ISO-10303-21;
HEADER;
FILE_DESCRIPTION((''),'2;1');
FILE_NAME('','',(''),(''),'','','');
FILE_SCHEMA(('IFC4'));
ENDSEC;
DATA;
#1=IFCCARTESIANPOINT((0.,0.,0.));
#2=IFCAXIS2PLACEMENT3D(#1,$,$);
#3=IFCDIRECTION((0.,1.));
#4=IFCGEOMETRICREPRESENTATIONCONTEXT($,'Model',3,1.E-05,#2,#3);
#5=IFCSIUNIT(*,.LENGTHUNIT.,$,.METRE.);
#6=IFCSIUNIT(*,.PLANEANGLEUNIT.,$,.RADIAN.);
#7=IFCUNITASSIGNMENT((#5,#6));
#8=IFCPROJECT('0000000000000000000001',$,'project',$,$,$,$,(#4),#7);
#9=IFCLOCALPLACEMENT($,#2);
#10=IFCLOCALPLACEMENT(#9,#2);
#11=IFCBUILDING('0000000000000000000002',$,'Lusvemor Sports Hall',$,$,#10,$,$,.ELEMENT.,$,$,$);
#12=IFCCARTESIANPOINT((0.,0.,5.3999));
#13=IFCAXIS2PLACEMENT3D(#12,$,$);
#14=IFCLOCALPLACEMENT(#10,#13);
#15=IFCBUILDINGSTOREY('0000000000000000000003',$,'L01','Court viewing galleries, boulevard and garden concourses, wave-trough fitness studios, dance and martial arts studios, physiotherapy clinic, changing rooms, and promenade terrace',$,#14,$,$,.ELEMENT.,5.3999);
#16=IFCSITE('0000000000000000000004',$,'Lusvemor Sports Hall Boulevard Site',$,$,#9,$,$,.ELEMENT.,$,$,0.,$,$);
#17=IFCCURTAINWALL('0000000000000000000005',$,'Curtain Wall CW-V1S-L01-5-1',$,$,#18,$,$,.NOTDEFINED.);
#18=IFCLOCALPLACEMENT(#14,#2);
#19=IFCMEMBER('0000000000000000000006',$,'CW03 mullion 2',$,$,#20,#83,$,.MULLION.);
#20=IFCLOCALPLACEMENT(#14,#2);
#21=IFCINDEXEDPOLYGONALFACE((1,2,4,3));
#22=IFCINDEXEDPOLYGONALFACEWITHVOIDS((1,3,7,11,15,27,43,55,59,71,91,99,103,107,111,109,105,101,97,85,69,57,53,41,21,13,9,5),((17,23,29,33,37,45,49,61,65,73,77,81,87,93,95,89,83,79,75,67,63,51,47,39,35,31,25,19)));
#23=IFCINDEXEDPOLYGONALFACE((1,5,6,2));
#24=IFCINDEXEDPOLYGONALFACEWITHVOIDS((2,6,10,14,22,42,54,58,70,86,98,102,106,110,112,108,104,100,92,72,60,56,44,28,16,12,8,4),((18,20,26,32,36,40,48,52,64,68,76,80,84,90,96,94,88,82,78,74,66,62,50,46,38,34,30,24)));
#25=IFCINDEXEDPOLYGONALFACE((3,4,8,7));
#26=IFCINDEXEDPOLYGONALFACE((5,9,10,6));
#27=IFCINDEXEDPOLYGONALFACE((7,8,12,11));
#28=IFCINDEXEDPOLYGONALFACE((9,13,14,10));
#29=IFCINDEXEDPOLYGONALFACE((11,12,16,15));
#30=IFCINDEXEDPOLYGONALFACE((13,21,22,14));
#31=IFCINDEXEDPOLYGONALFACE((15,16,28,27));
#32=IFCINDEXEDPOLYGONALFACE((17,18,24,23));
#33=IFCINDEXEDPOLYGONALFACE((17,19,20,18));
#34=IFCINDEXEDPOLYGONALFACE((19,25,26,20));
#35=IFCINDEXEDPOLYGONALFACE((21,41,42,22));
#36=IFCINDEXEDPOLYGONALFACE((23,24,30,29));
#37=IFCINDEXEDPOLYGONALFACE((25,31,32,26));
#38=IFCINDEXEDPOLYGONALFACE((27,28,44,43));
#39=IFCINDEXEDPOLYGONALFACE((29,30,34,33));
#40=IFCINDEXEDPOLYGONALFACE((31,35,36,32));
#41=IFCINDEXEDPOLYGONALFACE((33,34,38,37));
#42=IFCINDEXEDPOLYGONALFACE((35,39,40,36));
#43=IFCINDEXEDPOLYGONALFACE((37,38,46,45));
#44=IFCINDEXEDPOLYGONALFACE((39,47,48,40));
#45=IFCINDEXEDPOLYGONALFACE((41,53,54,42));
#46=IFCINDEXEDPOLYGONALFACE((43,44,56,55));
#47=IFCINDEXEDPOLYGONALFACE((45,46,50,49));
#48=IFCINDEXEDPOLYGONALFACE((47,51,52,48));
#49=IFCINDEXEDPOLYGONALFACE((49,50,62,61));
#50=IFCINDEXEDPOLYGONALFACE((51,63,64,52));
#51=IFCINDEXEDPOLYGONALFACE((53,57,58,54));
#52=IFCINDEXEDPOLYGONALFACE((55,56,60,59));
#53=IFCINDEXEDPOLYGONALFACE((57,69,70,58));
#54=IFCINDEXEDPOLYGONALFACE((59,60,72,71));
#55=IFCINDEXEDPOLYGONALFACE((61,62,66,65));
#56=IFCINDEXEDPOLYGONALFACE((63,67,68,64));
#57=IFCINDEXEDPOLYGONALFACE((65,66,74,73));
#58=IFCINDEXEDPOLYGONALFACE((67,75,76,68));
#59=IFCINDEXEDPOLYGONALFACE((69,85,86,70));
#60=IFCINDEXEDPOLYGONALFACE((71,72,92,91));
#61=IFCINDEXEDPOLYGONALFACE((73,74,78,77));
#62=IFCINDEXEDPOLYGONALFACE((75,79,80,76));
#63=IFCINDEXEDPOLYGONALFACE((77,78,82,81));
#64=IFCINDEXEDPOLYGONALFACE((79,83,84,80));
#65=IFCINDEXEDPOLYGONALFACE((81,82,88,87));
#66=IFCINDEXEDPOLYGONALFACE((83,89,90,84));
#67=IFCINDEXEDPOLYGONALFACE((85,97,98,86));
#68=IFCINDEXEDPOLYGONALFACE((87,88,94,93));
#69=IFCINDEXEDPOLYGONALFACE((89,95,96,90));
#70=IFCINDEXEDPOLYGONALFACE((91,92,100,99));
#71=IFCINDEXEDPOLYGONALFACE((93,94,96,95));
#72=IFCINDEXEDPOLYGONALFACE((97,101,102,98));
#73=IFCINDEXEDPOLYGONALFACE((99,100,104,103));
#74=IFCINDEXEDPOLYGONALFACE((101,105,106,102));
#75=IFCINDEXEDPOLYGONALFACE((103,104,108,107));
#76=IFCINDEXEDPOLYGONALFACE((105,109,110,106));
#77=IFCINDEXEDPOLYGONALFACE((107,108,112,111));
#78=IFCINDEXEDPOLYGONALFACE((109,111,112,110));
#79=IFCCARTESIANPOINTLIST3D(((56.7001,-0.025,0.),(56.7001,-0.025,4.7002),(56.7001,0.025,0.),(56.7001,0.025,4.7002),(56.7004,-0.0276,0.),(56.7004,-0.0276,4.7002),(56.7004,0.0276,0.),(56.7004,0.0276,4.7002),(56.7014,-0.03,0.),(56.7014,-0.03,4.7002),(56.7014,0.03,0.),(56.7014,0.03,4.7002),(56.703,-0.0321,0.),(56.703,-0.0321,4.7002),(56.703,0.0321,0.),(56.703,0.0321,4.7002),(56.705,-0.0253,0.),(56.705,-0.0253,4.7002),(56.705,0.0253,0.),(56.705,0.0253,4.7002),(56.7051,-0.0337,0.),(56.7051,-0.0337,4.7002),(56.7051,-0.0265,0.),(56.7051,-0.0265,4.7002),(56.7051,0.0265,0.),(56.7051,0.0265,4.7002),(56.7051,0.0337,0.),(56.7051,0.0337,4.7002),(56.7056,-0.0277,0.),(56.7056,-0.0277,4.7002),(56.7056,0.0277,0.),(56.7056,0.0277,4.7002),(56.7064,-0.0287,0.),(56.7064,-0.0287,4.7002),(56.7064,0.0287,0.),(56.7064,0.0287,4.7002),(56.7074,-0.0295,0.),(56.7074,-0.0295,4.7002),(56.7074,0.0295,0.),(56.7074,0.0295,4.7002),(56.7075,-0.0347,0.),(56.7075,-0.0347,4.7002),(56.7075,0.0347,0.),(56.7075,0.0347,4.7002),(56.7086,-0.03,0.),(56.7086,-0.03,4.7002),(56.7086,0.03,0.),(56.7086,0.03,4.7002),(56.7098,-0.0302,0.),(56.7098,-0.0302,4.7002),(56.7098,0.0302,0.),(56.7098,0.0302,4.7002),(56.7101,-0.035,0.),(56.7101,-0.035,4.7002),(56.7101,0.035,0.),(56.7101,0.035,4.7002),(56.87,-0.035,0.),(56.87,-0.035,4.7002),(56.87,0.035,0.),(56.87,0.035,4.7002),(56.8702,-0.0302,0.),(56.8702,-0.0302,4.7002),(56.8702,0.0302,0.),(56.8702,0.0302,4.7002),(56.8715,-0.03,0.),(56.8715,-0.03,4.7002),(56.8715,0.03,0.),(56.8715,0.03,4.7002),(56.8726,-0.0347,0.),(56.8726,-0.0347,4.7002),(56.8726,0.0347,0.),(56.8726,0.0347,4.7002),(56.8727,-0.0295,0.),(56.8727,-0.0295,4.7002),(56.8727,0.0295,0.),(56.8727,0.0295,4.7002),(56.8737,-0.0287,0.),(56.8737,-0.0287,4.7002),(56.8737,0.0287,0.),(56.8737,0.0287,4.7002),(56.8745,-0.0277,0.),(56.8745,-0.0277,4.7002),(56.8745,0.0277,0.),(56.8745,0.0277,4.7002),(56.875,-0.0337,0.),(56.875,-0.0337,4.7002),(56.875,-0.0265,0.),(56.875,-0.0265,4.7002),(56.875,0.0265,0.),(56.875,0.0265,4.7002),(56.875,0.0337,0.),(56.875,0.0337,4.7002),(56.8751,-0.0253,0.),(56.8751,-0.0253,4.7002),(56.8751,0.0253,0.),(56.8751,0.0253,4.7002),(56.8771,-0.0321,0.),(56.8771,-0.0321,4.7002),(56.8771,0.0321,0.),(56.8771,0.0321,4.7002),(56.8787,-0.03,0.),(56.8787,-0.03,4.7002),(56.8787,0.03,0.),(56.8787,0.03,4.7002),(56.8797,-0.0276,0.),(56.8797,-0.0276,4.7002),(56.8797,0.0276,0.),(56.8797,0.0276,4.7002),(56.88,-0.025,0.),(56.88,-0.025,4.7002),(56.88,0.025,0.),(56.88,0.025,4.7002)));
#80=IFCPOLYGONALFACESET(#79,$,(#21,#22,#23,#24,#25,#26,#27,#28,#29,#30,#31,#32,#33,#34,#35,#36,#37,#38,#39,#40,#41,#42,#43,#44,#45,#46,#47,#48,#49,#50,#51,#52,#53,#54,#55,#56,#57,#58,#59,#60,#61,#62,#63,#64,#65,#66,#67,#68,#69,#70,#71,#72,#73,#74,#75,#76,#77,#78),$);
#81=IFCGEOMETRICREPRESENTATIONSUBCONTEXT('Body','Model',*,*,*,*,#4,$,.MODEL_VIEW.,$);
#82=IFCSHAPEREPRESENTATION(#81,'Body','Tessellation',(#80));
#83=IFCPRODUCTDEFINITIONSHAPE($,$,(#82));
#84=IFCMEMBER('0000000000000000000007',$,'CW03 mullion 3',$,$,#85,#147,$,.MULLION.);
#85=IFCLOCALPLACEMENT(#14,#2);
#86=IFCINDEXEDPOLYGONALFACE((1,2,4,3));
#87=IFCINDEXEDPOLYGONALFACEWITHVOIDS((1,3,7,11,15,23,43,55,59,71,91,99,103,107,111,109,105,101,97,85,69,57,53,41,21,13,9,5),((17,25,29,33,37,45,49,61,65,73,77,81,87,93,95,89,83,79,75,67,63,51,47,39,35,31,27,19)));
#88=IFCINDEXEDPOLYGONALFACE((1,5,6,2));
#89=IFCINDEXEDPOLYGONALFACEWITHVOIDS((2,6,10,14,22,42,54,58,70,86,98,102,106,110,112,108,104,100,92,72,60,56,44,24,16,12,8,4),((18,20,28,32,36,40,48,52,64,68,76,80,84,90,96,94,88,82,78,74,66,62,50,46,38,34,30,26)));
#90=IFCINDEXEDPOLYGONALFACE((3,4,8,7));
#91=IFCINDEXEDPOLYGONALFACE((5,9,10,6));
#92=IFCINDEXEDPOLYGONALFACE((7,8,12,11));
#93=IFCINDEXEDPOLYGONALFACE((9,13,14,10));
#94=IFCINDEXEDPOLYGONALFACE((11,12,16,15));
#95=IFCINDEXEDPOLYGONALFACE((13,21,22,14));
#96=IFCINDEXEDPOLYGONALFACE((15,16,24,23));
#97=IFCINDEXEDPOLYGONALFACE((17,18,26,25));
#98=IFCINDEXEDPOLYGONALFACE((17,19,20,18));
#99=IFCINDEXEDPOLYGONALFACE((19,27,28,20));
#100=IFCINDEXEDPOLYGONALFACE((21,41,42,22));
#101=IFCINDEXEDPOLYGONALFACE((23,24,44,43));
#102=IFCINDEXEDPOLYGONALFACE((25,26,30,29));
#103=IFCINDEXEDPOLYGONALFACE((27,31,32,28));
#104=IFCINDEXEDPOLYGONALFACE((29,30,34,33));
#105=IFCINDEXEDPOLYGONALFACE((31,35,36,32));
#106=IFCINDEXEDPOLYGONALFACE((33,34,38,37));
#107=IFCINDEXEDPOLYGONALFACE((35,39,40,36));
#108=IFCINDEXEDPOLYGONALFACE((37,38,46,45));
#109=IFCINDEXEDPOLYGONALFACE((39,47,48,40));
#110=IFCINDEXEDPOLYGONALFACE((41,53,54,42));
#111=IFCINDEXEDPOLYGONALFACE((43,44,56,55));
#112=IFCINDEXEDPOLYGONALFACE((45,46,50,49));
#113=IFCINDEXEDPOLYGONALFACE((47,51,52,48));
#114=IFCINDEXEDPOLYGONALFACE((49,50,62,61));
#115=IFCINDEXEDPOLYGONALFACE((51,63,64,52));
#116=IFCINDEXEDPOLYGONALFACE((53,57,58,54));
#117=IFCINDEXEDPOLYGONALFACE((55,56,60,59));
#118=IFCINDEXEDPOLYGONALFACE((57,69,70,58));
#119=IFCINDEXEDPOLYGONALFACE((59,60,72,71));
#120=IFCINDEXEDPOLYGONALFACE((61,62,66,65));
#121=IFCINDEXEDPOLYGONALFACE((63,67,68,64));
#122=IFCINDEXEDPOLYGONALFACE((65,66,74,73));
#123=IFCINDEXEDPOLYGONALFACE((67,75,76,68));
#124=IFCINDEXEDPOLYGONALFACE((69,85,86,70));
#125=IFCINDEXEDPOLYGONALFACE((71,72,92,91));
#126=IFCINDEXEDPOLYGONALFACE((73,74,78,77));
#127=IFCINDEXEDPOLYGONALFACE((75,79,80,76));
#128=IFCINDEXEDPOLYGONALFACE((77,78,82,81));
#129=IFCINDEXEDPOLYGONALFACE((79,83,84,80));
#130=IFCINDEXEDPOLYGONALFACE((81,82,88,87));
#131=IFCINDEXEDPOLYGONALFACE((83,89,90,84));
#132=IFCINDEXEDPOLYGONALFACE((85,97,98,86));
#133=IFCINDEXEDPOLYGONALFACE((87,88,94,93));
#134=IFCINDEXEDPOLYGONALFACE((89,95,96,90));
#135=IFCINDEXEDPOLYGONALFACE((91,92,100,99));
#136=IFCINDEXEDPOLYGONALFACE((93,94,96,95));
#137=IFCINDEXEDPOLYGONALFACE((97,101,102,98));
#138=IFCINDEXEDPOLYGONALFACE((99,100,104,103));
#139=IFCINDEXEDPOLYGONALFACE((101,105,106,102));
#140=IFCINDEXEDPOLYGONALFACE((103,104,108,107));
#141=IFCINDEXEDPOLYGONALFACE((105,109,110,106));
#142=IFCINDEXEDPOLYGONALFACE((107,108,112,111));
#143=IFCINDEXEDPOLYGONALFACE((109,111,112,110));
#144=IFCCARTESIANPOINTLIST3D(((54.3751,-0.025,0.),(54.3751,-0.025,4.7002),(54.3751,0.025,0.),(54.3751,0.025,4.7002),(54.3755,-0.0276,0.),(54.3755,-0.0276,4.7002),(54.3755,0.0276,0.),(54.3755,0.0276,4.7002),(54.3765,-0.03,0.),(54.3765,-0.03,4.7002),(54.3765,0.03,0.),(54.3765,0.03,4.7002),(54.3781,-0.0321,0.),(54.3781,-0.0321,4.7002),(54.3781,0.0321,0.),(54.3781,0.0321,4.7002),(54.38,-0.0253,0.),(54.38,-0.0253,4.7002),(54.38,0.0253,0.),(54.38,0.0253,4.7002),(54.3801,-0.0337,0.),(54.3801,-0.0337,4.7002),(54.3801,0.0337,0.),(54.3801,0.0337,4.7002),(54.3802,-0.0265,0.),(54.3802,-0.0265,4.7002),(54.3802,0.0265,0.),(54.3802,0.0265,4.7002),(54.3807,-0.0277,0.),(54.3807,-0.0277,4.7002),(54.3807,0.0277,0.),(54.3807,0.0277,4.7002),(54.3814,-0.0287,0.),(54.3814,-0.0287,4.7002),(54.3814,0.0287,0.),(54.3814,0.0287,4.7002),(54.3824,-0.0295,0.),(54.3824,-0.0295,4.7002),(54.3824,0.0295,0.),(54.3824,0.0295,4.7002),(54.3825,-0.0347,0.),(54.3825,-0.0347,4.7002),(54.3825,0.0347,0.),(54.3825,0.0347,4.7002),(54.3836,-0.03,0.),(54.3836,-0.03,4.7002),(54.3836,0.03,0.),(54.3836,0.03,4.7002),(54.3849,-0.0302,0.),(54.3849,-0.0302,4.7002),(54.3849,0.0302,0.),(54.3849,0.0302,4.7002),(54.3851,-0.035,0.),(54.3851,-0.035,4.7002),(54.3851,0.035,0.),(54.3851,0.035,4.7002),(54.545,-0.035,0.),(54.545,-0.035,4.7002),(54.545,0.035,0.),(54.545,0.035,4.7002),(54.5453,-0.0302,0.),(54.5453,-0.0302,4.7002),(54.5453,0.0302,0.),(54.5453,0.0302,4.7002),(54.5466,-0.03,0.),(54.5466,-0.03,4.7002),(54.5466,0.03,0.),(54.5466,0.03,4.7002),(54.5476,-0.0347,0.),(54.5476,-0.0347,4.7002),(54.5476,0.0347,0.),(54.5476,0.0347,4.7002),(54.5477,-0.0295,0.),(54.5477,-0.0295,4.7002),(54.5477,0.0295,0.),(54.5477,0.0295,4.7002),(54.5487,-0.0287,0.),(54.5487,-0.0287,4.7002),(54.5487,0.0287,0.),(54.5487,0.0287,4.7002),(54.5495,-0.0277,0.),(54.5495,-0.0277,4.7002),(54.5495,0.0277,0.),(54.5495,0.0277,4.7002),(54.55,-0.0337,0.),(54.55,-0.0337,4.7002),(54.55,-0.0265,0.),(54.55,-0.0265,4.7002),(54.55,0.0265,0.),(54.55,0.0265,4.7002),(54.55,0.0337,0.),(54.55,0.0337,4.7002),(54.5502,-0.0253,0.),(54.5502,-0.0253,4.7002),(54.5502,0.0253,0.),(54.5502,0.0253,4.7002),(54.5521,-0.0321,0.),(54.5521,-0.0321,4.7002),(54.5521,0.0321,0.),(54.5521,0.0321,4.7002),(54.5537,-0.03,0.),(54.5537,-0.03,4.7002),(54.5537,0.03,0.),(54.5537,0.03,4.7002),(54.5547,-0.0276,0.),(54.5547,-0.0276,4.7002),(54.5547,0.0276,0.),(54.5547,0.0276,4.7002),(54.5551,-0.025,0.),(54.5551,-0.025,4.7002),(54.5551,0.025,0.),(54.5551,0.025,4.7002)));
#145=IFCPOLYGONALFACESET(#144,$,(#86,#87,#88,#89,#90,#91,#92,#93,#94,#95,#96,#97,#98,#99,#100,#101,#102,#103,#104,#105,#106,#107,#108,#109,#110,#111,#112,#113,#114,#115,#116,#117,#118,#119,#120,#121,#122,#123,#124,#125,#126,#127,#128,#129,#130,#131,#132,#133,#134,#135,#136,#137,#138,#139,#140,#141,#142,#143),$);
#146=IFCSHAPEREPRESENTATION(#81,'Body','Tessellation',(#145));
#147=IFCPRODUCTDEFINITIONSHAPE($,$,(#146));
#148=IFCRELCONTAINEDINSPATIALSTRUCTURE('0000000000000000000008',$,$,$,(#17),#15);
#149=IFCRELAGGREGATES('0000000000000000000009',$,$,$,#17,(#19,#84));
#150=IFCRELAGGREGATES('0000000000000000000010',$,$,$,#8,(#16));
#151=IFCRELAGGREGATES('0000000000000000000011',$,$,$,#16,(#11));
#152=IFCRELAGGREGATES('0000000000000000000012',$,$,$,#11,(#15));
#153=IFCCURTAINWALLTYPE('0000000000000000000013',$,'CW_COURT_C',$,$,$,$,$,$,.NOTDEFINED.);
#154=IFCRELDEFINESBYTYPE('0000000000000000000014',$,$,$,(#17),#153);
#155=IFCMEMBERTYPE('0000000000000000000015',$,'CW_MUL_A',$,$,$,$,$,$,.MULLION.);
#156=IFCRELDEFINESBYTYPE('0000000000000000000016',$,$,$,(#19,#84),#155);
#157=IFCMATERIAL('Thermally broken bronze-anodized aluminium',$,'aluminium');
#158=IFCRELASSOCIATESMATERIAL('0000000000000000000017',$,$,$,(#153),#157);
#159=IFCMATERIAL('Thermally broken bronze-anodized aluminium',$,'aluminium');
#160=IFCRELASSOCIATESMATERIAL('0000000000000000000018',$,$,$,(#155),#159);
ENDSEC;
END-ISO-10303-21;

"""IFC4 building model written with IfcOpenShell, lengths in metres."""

from ifc_helpers import new_model, si_unit, direction, frame, origin, origin_2d, place, context, subcontext, project, spatial, hollow_rectangle, extrude, material, material_profile, profile_set, type_object, element, aggregate, save


model = new_model("IFC4")

# Units and contexts
model_context = context("Model", 3, precision=1e-05, world=origin(), true_north=direction((0.0, 1.0)))
body_context = subcontext(model_context, "Body", "Model", "MODEL_VIEW")
ifc_project = project(units=[si_unit("LENGTHUNIT", "METRE"), si_unit("PLANEANGLEUNIT", "RADIAN")], contexts=[model_context])

# Site, building, storey
site_placement = place(None, origin())
site = spatial("IfcSite", under=ifc_project, at=site_placement, Name="Lusvemor Sports Hall Boulevard Site", CompositionType="ELEMENT", RefElevation=0.0)
building_placement = place(site_placement, origin())
building = spatial("IfcBuilding", under=site, at=building_placement, Name="Lusvemor Sports Hall", CompositionType="ELEMENT")
storey_placement = place(building_placement, frame((0.0, 0.0, 5.3999)))
storey = spatial("IfcBuildingStorey", under=building, at=storey_placement, Name="L01", Description="Court viewing galleries, boulevard and garden concourses, wave-trough fitness studios, dance and martial arts studios, physiotherapy clinic, changing rooms, and promenade terrace", CompositionType="ELEMENT", Elevation=5.3999)

# Curtain wall, members
ifc_material_1 = material(Name="Thermally broken bronze-anodized aluminium", Category="aluminium")
curtain_wall_type = type_object("IfcCurtainWallType", Name="CW_COURT_C", PredefinedType="NOTDEFINED", material=ifc_material_1)
curtain_wall_placement = place(storey_placement, origin())
curtain_wall = element("IfcCurtainWall", 1, at=curtain_wall_placement, inside=storey, type_object=curtain_wall_type, Name="Curtain Wall CW-V1S-L01-5-1", PredefinedType="NOTDEFINED")
ifc_material_2 = material(Name="Thermally broken bronze-anodized aluminium", Category="aluminium")
ifc_material_profile_1 = material_profile(ifc_material_2, hollow_rectangle(XDim=0.0701, YDim=0.1799, WallThickness=0.0049, InnerFilletRadius=0.0049, OuterFilletRadius=0.01, at=origin_2d()), Name="CWMUL180x70x5")
ifc_profile_set_1 = profile_set([ifc_material_profile_1], Name="Thermally broken bronze-anodized aluminium")
member_type_1 = type_object("IfcMemberType", Name="CW_MUL_A", PredefinedType="MULLION", material=ifc_profile_set_1)
member_1_placement = place(storey_placement, frame((56.79, 0.0, 0.0), z_axis=(0.0, 0.0, 1.0), x_axis=(0.0, -1.0, 0.0)))
member_1 = element("IfcMember", 2, at=member_1_placement, type_object=member_type_1, Name="CW03 mullion 2", PredefinedType="MULLION", context=body_context, shape_type="SweptSolid", body=[
    extrude(hollow_rectangle(XDim=0.0701, YDim=0.1799, WallThickness=0.0049, InnerFilletRadius=0.0049, OuterFilletRadius=0.01, at=origin_2d()), origin(), (0.0, 0.0, 1.0), 4.7002),
])
member_2_placement = place(storey_placement, frame((54.4651, 0.0, 0.0), z_axis=(0.0, 0.0, 1.0), x_axis=(0.0, -1.0, 0.0)))
member_2 = element("IfcMember", 3, at=member_2_placement, type_object=member_type_1, Name="CW03 mullion 3", PredefinedType="MULLION", context=body_context, shape_type="SweptSolid", body=[
    extrude(hollow_rectangle(XDim=0.0701, YDim=0.1799, WallThickness=0.0049, InnerFilletRadius=0.0049, OuterFilletRadius=0.01, at=origin_2d()), origin(), (0.0, 0.0, 1.0), 4.7002),
])

aggregate(curtain_wall, [member_1, member_2])

save(model, "model.ifc")
